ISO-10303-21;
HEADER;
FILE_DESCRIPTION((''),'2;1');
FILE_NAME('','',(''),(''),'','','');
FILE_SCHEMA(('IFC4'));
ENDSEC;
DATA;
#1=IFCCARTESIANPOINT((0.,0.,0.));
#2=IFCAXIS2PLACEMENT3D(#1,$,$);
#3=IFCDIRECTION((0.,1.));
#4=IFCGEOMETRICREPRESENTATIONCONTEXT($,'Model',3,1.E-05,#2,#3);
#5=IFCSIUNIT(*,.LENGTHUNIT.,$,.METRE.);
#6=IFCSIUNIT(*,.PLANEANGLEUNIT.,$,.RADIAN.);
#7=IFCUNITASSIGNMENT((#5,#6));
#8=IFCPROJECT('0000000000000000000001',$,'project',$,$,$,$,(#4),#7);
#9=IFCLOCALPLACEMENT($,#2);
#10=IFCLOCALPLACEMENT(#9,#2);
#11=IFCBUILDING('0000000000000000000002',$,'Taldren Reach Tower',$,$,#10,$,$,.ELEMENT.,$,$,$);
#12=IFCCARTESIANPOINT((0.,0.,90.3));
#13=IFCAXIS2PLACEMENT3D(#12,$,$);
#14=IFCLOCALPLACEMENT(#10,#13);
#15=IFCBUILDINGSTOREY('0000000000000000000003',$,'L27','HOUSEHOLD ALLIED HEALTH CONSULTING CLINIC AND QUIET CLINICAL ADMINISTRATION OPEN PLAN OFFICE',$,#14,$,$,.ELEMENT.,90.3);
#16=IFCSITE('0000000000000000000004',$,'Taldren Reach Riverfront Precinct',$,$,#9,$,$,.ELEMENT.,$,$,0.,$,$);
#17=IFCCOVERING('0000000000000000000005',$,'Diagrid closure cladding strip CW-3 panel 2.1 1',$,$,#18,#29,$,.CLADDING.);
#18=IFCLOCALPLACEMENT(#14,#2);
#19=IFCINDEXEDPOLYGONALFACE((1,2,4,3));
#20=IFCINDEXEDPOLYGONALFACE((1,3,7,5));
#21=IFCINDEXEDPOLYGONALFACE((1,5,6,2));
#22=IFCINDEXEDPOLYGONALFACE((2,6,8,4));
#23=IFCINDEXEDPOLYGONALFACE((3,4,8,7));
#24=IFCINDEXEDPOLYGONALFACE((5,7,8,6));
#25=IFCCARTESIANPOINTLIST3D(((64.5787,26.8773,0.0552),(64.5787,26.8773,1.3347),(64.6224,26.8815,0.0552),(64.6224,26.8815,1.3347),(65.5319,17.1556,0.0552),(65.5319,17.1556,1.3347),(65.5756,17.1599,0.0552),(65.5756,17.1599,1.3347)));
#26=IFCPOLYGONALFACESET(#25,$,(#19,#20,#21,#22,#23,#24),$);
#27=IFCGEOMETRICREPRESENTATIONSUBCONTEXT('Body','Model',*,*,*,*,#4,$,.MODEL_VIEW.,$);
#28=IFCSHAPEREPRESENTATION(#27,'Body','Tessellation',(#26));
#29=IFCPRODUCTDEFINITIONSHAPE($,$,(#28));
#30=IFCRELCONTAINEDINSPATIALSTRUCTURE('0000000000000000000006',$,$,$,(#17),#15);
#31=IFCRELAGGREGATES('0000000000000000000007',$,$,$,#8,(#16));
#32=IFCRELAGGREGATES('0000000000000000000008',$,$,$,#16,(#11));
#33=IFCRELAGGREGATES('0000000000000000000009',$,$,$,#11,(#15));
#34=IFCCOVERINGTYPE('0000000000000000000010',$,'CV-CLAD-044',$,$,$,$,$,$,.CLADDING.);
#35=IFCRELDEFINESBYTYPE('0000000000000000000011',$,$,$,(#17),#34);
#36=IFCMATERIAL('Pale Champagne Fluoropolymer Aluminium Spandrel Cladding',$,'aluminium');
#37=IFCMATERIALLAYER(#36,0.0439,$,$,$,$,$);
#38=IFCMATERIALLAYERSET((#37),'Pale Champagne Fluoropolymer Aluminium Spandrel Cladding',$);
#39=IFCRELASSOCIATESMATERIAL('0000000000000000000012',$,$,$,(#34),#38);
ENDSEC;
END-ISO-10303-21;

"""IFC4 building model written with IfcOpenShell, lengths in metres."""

from ifc_helpers import new_model, si_unit, direction, frame, origin, origin_2d, place, context, subcontext, project, spatial, rectangle, extrude, source, transform, mapped, material, layer, layer_set, type_object, element, save


model = new_model("IFC4")

# Units and contexts
model_context = context("Model", 3, precision=1e-05, world=origin(), true_north=direction((0.0, 1.0)))
body_context = subcontext(model_context, "Body", "Model", "MODEL_VIEW")
ifc_project = project(units=[si_unit("LENGTHUNIT", "METRE"), si_unit("PLANEANGLEUNIT", "RADIAN")], contexts=[model_context])

# Site, building, storey
site_placement = place(None, origin())
site = spatial("IfcSite", under=ifc_project, at=site_placement, Name="Taldren Reach Riverfront Precinct", CompositionType="ELEMENT", RefElevation=0.0)
building_placement = place(site_placement, origin())
building = spatial("IfcBuilding", under=site, at=building_placement, Name="Taldren Reach Tower", CompositionType="ELEMENT")
storey_placement = place(building_placement, frame((0.0, 0.0, 90.3)))
storey = spatial("IfcBuildingStorey", under=building, at=storey_placement, Name="L27", Description="HOUSEHOLD ALLIED HEALTH CONSULTING CLINIC AND QUIET CLINICAL ADMINISTRATION OPEN PLAN OFFICE", CompositionType="ELEMENT", Elevation=90.3)

# Covering
ifc_material_1 = material(Name="Pale Champagne Fluoropolymer Aluminium Spandrel Cladding", Category="aluminium")
ifc_layer_1 = layer(ifc_material_1, 0.0439)
ifc_layer_set_1 = layer_set([ifc_layer_1], Name="Pale Champagne Fluoropolymer Aluminium Spandrel Cladding")
covering_type = type_object("IfcCoveringType", Name="CV-CLAD-044", PredefinedType="CLADDING", material=ifc_layer_set_1)
shared_shape_1 = source(origin(), body_context, "Body", "SweptSolid", [
    extrude(rectangle(XDim=9.7683, YDim=0.0439, at=origin_2d()), origin(), (0.0, 0.0, 1.0), 1.2795),
])
covering_1_placement = place(storey_placement, frame((65.0771, 22.0186, 0.0552), z_axis=(0.0, 0.0, 1.0), x_axis=(-0.097583, 0.995227, 0.0)))
element("IfcCovering", 1, at=covering_1_placement, inside=storey, type_object=covering_type, Name="Diagrid closure cladding strip CW-3 panel 2.1 1", PredefinedType="CLADDING", context=body_context, shape_type="MappedRepresentation", body=[
    mapped(shared_shape_1, transform((0.0, 0.0, 0.0), scale=1.0)),
])

save(model, "model.ifc")
